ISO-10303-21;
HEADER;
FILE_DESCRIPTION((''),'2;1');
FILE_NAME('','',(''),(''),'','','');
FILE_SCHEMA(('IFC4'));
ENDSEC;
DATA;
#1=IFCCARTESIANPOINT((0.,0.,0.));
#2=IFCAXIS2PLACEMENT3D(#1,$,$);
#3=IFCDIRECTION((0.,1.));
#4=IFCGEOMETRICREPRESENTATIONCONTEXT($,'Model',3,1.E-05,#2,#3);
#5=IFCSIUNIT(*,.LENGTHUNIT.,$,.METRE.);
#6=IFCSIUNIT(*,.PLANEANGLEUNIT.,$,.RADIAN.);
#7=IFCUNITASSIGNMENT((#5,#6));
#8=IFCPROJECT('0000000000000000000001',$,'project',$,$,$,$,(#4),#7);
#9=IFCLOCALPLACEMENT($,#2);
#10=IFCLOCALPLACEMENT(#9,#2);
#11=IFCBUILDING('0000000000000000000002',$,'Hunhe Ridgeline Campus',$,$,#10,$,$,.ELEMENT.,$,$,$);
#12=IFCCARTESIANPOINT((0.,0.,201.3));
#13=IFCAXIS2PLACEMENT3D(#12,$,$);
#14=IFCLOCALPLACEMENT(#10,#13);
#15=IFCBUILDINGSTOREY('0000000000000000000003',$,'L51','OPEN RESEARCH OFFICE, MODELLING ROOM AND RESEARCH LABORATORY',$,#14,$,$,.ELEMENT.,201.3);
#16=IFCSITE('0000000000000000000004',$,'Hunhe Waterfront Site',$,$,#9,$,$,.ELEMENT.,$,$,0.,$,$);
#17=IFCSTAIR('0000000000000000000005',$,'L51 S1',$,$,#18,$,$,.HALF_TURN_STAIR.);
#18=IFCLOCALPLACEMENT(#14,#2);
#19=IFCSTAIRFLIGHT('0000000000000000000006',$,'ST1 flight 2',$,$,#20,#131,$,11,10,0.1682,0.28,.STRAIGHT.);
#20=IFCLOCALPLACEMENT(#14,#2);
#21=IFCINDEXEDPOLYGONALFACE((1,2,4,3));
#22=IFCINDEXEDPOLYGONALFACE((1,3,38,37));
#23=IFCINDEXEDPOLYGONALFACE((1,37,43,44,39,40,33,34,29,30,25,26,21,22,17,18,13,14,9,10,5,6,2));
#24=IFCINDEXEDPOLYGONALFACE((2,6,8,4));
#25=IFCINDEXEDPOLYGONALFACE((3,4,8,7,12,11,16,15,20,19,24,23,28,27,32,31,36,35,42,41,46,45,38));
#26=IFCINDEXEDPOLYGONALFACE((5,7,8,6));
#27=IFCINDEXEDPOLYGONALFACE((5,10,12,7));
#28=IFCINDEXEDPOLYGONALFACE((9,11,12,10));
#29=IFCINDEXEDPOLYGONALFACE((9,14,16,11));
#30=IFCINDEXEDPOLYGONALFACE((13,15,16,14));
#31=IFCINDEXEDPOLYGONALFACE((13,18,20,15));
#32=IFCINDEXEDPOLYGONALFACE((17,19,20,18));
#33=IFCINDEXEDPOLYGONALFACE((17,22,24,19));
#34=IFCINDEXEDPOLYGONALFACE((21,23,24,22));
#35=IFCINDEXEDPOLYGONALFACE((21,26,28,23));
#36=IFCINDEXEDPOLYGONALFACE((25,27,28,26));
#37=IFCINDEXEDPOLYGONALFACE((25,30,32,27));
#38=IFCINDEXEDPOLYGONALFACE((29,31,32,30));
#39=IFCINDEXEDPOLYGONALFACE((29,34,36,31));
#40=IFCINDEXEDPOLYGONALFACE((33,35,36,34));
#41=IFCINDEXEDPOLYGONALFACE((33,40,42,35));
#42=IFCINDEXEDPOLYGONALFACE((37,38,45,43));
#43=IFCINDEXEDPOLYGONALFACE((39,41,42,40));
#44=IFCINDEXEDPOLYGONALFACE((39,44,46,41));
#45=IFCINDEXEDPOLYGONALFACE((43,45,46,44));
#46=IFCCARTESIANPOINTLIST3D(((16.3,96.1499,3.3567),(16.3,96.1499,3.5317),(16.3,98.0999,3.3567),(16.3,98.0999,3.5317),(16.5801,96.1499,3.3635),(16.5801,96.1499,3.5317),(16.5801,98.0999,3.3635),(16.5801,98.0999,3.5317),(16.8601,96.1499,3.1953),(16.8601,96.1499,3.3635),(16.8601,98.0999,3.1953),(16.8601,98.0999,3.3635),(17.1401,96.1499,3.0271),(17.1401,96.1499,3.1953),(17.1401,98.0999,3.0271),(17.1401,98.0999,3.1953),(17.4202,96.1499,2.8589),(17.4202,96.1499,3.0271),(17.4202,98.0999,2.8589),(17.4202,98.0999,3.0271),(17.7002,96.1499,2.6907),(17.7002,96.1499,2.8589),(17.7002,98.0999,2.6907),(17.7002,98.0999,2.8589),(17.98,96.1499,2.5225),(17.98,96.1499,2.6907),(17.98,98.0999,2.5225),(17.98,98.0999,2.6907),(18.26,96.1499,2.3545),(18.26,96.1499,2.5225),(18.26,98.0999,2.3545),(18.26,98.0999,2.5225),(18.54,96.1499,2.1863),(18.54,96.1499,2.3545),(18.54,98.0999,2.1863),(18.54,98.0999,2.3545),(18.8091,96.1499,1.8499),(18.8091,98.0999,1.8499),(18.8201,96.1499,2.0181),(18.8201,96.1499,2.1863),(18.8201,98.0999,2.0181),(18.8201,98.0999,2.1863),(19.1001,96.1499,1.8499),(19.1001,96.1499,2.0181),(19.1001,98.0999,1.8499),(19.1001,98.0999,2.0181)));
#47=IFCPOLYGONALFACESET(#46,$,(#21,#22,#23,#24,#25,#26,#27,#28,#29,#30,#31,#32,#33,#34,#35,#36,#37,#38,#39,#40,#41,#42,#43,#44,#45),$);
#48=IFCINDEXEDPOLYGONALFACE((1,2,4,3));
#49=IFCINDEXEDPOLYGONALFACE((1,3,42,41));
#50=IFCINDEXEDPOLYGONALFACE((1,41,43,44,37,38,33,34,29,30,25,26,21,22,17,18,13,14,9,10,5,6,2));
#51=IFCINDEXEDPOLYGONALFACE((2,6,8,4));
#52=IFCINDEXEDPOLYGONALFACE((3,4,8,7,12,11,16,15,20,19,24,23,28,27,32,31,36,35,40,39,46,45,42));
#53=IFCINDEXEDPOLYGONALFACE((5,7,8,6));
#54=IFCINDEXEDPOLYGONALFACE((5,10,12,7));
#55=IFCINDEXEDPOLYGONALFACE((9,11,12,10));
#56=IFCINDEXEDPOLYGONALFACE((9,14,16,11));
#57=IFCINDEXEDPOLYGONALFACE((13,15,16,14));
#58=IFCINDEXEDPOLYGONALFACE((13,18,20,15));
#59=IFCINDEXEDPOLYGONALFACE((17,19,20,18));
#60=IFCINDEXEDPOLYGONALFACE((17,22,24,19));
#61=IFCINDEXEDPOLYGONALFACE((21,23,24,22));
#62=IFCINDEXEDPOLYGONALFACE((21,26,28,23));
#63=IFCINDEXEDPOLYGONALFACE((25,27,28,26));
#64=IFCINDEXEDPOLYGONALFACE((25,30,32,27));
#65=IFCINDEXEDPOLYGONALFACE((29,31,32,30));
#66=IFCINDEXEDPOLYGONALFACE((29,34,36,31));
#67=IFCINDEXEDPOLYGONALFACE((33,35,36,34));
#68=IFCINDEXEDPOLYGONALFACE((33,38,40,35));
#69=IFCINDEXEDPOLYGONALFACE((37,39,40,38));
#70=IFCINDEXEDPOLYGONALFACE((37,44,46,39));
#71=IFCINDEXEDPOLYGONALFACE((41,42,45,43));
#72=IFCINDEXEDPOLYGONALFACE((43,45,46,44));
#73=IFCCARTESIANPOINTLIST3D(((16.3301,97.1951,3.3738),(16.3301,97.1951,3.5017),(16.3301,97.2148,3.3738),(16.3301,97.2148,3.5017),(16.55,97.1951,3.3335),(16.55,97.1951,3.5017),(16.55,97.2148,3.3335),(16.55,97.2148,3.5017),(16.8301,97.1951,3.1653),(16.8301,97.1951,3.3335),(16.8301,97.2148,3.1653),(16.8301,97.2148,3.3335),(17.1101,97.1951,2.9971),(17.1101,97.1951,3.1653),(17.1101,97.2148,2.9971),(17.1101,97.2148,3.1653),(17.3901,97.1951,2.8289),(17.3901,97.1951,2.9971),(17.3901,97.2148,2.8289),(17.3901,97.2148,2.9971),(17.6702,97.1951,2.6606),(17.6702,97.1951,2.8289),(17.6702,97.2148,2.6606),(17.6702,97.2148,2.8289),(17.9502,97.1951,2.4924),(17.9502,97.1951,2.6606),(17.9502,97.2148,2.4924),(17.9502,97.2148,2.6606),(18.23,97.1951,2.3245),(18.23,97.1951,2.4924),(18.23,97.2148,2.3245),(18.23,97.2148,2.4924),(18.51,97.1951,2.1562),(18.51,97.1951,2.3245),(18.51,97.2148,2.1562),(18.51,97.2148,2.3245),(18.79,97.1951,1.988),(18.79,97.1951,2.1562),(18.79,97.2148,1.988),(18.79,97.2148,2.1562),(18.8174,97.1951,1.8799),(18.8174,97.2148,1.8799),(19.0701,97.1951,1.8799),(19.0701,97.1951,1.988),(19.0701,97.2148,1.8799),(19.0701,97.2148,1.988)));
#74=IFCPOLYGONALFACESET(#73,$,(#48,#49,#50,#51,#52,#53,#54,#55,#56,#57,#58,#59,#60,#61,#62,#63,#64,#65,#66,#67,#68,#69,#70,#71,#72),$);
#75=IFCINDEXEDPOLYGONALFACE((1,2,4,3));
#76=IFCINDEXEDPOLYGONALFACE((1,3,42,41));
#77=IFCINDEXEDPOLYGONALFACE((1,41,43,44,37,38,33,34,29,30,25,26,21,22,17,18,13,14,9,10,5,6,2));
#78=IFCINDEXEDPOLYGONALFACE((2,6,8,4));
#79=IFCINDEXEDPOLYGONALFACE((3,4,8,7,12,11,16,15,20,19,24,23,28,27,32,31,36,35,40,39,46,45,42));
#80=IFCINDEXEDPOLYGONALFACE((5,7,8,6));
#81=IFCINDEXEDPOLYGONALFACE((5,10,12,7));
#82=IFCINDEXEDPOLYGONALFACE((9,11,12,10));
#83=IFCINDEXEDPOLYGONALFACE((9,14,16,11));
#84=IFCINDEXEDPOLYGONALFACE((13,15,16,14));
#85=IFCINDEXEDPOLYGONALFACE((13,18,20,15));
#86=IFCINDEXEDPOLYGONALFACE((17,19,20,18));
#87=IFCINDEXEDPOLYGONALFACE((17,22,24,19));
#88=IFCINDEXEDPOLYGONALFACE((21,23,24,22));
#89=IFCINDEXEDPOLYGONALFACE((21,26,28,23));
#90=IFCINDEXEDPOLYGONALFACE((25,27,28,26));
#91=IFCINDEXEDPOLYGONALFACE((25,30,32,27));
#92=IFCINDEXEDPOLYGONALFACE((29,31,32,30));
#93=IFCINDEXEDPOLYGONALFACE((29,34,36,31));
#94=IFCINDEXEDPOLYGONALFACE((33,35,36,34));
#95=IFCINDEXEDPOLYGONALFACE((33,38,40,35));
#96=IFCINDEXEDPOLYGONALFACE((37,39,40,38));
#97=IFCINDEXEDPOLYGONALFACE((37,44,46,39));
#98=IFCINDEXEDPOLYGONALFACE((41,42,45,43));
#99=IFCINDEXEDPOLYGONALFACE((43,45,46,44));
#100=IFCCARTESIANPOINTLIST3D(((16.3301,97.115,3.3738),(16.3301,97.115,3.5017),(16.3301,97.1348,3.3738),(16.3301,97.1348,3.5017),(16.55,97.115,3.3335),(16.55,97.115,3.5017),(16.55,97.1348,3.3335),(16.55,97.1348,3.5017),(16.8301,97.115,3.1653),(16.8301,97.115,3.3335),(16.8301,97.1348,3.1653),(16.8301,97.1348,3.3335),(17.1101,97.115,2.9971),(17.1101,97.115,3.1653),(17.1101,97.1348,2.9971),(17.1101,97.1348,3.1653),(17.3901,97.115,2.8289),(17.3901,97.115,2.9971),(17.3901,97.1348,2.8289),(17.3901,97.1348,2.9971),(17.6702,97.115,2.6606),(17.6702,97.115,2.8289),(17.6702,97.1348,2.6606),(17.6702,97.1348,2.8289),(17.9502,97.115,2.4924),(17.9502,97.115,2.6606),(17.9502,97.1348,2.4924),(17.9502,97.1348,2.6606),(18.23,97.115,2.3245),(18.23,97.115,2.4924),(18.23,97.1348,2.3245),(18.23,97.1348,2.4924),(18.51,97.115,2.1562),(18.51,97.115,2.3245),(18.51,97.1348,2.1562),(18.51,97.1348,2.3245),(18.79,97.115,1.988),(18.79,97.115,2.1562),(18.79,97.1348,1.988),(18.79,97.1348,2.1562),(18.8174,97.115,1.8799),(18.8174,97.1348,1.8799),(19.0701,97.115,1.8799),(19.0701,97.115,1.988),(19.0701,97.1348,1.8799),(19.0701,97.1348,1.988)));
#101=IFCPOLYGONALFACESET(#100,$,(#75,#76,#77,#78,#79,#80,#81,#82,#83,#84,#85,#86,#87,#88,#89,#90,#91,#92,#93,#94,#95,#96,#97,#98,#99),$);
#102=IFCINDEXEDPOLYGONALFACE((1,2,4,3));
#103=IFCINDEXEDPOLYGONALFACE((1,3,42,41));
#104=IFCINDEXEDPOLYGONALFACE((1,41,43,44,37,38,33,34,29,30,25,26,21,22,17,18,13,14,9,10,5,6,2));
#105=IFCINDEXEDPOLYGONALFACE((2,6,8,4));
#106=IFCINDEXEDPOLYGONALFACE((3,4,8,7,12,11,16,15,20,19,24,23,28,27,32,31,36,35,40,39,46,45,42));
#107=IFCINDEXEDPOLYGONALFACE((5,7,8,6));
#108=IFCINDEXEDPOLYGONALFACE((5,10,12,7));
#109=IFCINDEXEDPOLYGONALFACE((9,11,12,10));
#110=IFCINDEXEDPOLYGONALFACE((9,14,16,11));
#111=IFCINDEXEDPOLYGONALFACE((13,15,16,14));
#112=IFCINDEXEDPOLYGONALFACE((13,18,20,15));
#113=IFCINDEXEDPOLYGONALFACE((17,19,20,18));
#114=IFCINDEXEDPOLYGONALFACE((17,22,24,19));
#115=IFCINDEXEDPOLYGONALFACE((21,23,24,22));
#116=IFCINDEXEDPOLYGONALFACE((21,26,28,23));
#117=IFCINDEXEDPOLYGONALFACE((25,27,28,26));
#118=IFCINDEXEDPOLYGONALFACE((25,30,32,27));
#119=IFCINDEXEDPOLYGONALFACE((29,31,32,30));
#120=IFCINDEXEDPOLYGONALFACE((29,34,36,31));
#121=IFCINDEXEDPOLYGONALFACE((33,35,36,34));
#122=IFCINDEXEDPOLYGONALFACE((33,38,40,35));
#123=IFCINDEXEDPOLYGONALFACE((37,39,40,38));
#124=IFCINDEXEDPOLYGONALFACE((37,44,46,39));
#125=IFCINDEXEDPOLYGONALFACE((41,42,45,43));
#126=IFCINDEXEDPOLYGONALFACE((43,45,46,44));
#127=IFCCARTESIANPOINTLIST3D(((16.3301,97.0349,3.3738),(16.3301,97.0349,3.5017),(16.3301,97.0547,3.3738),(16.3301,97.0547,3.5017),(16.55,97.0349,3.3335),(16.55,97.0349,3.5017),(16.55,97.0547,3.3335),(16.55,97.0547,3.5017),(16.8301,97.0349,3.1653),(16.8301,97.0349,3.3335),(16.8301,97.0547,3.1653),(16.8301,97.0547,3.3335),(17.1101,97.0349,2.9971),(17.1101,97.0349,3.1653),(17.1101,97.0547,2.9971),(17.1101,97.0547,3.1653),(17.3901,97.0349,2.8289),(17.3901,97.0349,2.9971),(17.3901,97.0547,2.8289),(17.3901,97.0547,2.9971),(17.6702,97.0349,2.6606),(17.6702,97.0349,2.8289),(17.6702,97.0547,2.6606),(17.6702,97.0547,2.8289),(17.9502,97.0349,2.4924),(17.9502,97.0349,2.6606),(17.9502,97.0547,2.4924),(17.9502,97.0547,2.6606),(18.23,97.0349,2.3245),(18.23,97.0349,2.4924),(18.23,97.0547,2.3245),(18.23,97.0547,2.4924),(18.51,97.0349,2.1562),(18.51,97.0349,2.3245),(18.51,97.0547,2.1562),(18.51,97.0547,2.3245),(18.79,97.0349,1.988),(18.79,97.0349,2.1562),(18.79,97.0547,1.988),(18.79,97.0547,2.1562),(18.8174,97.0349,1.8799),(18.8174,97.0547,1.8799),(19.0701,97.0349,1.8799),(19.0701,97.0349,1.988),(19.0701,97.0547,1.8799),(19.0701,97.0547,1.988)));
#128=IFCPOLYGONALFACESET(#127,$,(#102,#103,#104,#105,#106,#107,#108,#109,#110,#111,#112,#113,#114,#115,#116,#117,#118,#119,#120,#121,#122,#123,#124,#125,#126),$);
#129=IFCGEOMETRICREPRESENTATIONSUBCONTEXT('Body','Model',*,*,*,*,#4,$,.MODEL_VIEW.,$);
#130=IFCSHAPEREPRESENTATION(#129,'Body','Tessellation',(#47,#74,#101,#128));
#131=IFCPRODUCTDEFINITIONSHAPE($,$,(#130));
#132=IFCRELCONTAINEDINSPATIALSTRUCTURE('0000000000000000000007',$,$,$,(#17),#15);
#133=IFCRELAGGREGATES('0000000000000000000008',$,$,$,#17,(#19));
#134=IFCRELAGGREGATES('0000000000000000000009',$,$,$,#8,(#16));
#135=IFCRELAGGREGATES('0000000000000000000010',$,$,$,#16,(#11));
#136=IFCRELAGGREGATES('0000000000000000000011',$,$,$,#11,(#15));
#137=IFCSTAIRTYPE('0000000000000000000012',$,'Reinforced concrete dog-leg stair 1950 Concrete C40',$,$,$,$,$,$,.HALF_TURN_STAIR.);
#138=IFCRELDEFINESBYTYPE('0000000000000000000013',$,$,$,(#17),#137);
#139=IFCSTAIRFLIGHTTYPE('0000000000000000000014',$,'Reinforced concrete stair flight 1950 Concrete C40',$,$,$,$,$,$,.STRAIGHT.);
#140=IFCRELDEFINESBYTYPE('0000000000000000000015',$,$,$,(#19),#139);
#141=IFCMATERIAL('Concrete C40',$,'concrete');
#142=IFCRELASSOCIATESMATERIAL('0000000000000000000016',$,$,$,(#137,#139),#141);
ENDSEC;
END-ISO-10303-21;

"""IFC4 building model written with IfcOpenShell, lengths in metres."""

from ifc_helpers import new_model, si_unit, direction, frame, origin, place, context, subcontext, project, spatial, polyline, outline, extrude, material, type_object, element, aggregate, save


model = new_model("IFC4")

# Units and contexts
model_context = context("Model", 3, precision=1e-05, world=origin(), true_north=direction((0.0, 1.0)))
body_context = subcontext(model_context, "Body", "Model", "MODEL_VIEW")
ifc_project = project(units=[si_unit("LENGTHUNIT", "METRE"), si_unit("PLANEANGLEUNIT", "RADIAN")], contexts=[model_context])

# Site, building, storey
site_placement = place(None, origin())
site = spatial("IfcSite", under=ifc_project, at=site_placement, Name="Hunhe Waterfront Site", CompositionType="ELEMENT", RefElevation=0.0)
building_placement = place(site_placement, origin())
building = spatial("IfcBuilding", under=site, at=building_placement, Name="Hunhe Ridgeline Campus", CompositionType="ELEMENT")
storey_placement = place(building_placement, frame((0.0, 0.0, 201.3)))
storey = spatial("IfcBuildingStorey", under=building, at=storey_placement, Name="L51", Description="OPEN RESEARCH OFFICE, MODELLING ROOM AND RESEARCH LABORATORY", CompositionType="ELEMENT", Elevation=201.3)

# Stair, stair flight
ifc_material_1 = material(Name="Concrete C40", Category="concrete")
stair_type = type_object("IfcStairType", Name="Reinforced concrete dog-leg stair 1950 Concrete C40", PredefinedType="HALF_TURN_STAIR", material=ifc_material_1)
stair_placement = place(storey_placement, origin())
stair = element("IfcStair", 1, at=stair_placement, inside=storey, type_object=stair_type, Name="L51 S1", PredefinedType="HALF_TURN_STAIR")
stair_flight_type = type_object("IfcStairFlightType", Name="Reinforced concrete stair flight 1950 Concrete C40", PredefinedType="STRAIGHT", material=ifc_material_1)
stair_flight_1_placement = place(storey_placement, frame((19.1001, 97.125, 1.8499), z_axis=(0.0, 0.0, 1.0), x_axis=(-1.0, 0.0, 0.0)))
stair_flight_1 = element("IfcStairFlight", 2, at=stair_flight_1_placement, type_object=stair_flight_type, Name="ST1 flight 2", NumberOfRisers=11, NumberOfTreads=10, PredefinedType="STRAIGHT", RiserHeight=0.1682, TreadLength=0.28, context=body_context, shape_type="SweptSolid", body=[
    extrude(outline(polyline([(0.0, 0.0), (0.0, 0.1682), (0.28, 0.1682), (0.28, 0.3364), (0.5601, 0.3364), (0.5601, 0.5046), (0.8401, 0.5046), (0.8401, 0.6726), (1.1201, 0.6726), (1.1201, 0.8408), (1.3999, 0.8408), (1.3999, 1.009), (1.6799, 1.009), (1.6799, 1.1772), (1.96, 1.1772), (1.96, 1.3455), (2.24, 1.3455), (2.24, 1.5137), (2.52, 1.5137), (2.52, 1.6819), (2.8, 1.6819), (2.8, 1.8501), (2.8, 1.5068), (0.291, 0.0), (0.0, 0.0)])), frame((0.0, 0.9751, 0.0), z_axis=(0.0, -1.0, 0.0), x_axis=(1.0, 0.0, 0.0)), (0.0, 0.0, 1.0), 1.95),
    extrude(outline(polyline([(0.03, 0.03), (0.03, 0.1382), (0.3101, 0.1382), (0.3101, 0.3064), (0.5901, 0.3064), (0.5901, 0.4746), (0.8701, 0.4746), (0.8701, 0.6426), (1.1499, 0.6426), (1.1499, 0.8108), (1.4299, 0.8108), (1.4299, 0.979), (1.71, 0.979), (1.71, 1.1472), (1.99, 1.1472), (1.99, 1.3154), (2.27, 1.3154), (2.27, 1.4836), (2.55, 1.4836), (2.55, 1.6519), (2.77, 1.6519), (2.77, 1.5239), (0.2827, 0.03), (0.03, 0.03)])), frame((0.0, -0.0701, 0.0), z_axis=(0.0, -1.0, 0.0), x_axis=(1.0, 0.0, 0.0)), (0.0, 0.0, 1.0), 0.0198),
    extrude(outline(polyline([(0.03, 0.03), (0.03, 0.1382), (0.3101, 0.1382), (0.3101, 0.3064), (0.5901, 0.3064), (0.5901, 0.4746), (0.8701, 0.4746), (0.8701, 0.6426), (1.1499, 0.6426), (1.1499, 0.8108), (1.4299, 0.8108), (1.4299, 0.979), (1.71, 0.979), (1.71, 1.1472), (1.99, 1.1472), (1.99, 1.3154), (2.27, 1.3154), (2.27, 1.4836), (2.55, 1.4836), (2.55, 1.6519), (2.77, 1.6519), (2.77, 1.5239), (0.2827, 0.03), (0.03, 0.03)])), frame((0.0, 0.01, 0.0), z_axis=(0.0, -1.0, 0.0), x_axis=(1.0, 0.0, 0.0)), (0.0, 0.0, 1.0), 0.0198),
    extrude(outline(polyline([(0.03, 0.03), (0.03, 0.1382), (0.3101, 0.1382), (0.3101, 0.3064), (0.5901, 0.3064), (0.5901, 0.4746), (0.8701, 0.4746), (0.8701, 0.6426), (1.1499, 0.6426), (1.1499, 0.8108), (1.4299, 0.8108), (1.4299, 0.979), (1.71, 0.979), (1.71, 1.1472), (1.99, 1.1472), (1.99, 1.3154), (2.27, 1.3154), (2.27, 1.4836), (2.55, 1.4836), (2.55, 1.6519), (2.77, 1.6519), (2.77, 1.5239), (0.2827, 0.03), (0.03, 0.03)])), frame((0.0, 0.0901, 0.0), z_axis=(0.0, -1.0, 0.0), x_axis=(1.0, 0.0, 0.0)), (0.0, 0.0, 1.0), 0.0198),
])
aggregate(stair, [stair_flight_1])

save(model, "model.ifc")
